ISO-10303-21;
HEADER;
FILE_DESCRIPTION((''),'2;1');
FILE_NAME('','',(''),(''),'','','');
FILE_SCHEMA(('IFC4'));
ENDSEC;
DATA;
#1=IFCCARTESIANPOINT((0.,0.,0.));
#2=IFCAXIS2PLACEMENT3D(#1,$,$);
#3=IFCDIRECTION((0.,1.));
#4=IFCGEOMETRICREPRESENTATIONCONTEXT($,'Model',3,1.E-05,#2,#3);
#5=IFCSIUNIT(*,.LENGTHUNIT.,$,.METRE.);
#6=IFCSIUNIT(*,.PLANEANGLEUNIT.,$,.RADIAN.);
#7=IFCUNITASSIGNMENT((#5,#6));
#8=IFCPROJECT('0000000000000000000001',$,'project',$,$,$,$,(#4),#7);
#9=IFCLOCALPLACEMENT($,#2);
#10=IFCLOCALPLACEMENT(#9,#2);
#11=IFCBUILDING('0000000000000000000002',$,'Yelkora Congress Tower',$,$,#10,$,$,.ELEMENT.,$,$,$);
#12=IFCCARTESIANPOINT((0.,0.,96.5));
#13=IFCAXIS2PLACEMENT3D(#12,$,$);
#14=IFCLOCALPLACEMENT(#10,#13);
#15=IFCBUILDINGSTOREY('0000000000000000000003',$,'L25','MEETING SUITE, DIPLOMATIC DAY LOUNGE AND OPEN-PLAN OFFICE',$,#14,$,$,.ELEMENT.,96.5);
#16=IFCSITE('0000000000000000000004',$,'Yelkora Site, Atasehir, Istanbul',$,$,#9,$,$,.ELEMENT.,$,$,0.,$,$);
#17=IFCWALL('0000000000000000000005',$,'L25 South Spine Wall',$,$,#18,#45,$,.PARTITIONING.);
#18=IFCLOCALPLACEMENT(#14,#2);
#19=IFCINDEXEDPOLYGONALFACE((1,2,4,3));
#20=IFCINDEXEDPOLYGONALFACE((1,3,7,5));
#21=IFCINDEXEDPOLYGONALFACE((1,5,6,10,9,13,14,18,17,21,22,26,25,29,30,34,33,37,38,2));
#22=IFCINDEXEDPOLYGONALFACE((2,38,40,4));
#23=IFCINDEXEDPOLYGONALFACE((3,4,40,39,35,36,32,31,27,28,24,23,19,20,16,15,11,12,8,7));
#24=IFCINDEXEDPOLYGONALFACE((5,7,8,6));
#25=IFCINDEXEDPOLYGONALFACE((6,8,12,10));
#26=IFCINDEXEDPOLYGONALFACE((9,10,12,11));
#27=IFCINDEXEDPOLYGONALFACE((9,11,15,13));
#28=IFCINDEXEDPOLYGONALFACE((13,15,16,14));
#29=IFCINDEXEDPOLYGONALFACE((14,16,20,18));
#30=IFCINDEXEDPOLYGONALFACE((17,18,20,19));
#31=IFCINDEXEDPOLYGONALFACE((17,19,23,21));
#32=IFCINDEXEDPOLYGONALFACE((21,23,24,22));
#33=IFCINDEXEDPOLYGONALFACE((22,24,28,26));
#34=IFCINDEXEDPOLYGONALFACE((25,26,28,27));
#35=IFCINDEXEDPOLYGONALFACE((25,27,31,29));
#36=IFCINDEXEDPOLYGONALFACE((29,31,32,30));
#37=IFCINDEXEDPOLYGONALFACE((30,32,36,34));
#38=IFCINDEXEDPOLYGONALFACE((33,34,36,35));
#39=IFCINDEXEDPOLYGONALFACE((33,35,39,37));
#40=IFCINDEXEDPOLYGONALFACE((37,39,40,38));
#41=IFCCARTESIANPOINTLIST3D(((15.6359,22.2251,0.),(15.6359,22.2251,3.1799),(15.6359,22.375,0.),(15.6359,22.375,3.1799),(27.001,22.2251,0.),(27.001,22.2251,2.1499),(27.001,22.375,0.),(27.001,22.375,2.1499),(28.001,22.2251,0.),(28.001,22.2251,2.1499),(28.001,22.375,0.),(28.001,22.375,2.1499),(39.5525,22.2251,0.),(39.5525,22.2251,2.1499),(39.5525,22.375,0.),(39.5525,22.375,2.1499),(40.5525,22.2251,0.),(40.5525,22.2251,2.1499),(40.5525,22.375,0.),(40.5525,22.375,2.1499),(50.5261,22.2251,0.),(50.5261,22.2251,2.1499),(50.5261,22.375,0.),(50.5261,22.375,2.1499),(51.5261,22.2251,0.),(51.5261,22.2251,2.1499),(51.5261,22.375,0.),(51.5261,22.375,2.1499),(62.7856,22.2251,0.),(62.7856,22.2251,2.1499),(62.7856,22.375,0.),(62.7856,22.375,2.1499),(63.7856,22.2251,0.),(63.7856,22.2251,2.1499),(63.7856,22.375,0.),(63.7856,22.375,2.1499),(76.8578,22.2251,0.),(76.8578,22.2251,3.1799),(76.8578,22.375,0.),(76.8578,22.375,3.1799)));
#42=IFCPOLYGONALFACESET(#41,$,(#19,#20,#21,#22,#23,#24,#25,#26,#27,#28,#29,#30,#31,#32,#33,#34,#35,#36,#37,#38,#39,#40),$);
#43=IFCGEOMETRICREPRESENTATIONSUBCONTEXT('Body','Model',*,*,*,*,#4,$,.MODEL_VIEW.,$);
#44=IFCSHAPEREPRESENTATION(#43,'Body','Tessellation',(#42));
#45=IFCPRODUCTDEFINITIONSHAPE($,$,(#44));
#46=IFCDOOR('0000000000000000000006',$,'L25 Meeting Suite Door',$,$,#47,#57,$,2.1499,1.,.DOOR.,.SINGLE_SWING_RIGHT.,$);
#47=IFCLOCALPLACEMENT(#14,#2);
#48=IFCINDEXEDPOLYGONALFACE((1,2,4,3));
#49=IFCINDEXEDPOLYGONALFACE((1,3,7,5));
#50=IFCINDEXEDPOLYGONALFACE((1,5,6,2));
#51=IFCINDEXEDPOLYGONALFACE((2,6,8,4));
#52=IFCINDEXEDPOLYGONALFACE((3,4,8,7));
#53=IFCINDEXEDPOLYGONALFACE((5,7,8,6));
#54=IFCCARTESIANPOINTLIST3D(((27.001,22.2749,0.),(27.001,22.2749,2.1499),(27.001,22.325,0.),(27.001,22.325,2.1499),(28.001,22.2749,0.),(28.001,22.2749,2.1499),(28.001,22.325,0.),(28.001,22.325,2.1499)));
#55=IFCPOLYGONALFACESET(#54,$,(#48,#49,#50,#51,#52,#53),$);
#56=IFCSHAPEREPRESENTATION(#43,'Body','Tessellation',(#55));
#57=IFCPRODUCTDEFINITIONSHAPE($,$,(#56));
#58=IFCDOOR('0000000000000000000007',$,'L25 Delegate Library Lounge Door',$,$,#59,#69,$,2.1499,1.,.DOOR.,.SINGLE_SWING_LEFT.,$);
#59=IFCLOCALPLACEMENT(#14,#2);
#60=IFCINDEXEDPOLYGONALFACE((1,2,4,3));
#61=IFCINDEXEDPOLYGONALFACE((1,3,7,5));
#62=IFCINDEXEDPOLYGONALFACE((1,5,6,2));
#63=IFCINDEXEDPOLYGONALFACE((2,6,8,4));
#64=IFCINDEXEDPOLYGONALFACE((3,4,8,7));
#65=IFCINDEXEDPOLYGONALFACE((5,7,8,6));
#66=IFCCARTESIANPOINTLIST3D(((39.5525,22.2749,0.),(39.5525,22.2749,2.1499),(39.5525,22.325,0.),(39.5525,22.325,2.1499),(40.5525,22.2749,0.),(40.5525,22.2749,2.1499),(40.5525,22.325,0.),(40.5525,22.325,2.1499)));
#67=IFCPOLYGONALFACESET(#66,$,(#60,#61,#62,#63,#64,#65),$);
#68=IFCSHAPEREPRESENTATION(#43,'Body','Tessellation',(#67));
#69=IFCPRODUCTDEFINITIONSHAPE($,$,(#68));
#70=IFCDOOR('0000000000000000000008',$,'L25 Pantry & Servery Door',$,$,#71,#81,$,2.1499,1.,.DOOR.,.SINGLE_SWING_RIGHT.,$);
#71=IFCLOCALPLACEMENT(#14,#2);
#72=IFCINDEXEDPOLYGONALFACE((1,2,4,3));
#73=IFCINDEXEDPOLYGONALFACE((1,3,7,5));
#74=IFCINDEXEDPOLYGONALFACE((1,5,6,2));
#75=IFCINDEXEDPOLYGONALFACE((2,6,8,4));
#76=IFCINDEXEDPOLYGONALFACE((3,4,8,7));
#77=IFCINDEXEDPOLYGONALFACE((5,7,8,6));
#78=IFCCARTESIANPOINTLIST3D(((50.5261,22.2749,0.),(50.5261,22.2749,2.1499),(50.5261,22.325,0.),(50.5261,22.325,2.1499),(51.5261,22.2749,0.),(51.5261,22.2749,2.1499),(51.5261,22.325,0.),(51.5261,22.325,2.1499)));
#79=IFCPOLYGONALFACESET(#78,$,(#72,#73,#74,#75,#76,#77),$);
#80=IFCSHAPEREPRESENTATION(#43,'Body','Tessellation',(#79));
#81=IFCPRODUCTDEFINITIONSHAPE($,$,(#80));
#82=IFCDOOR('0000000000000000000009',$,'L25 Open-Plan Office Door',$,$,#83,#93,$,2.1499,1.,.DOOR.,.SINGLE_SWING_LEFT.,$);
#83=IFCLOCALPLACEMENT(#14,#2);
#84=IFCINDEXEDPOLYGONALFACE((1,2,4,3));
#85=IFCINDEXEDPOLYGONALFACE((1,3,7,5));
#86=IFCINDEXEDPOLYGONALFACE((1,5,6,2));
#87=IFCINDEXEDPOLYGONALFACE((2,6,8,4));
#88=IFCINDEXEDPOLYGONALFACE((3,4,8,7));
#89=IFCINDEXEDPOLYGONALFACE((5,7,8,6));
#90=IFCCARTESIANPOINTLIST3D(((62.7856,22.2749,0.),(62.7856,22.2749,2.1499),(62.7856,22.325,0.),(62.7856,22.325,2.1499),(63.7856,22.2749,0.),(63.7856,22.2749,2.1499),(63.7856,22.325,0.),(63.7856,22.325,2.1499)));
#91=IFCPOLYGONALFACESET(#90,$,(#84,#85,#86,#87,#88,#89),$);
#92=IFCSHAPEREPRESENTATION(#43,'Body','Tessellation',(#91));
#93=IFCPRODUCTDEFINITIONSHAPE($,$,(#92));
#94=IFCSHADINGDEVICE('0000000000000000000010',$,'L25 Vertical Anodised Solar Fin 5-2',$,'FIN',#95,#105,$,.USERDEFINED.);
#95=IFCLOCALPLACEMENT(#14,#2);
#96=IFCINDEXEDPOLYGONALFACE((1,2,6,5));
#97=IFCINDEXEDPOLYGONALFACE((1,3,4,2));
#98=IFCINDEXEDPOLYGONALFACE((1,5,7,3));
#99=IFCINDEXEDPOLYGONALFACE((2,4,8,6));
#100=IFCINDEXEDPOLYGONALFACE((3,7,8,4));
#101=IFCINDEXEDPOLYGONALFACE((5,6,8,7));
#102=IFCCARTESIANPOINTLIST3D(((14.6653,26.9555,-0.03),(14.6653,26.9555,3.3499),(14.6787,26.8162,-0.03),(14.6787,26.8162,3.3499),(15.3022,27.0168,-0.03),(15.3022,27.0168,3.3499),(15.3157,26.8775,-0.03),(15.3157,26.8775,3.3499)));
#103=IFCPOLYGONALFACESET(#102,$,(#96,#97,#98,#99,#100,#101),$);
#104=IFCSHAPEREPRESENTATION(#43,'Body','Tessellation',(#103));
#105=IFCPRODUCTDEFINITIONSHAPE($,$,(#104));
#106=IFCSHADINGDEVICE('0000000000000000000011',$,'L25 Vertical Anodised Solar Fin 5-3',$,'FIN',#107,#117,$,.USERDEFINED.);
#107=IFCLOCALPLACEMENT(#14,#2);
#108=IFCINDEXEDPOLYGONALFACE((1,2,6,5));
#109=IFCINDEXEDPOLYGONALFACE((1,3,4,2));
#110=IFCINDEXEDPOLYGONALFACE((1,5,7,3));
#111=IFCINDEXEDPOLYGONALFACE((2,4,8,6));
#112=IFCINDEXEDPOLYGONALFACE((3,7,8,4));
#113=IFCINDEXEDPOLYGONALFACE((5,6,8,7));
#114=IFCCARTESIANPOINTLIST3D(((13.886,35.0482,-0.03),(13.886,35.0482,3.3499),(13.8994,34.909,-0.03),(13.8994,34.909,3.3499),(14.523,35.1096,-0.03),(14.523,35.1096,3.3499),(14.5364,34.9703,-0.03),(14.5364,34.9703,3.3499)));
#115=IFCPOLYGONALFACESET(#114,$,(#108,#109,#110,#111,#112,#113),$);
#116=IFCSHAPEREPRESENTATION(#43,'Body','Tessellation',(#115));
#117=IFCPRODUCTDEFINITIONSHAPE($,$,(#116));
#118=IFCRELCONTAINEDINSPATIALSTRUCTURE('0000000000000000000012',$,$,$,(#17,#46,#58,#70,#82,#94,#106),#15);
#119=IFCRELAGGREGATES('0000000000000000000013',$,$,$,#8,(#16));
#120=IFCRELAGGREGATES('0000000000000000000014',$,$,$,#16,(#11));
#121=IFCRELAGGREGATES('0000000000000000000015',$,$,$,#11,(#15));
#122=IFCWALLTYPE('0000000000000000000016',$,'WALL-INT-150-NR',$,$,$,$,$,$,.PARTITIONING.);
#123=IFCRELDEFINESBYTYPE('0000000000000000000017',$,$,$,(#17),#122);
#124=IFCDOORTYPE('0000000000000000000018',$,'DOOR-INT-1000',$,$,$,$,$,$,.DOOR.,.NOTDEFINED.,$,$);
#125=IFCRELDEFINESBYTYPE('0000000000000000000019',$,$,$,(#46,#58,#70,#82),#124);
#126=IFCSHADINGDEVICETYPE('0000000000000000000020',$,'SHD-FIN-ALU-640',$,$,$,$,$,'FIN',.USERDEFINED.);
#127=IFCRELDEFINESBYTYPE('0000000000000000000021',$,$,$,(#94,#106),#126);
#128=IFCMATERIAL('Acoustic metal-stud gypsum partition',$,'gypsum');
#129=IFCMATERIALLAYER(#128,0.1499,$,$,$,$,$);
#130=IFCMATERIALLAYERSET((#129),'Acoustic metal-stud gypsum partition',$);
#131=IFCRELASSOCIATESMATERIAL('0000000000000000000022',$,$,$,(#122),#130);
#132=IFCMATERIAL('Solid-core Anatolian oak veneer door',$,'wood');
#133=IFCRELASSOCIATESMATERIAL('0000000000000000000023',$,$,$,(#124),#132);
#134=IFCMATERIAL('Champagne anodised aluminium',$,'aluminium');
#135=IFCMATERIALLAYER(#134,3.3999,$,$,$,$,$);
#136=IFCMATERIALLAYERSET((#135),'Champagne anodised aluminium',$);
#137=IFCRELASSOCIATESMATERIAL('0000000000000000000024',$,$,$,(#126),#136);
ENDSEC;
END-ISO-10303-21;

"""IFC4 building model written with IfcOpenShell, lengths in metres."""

from ifc_helpers import new_model, si_unit, direction, frame, frame_2d, origin, origin_2d, place, context, subcontext, project, spatial, rectangle, extrude, material, layer, layer_set, type_object, element, fill, save


model = new_model("IFC4")

# Units and contexts
model_context = context("Model", 3, precision=1e-05, world=origin(), true_north=direction((0.0, 1.0)))
body_context = subcontext(model_context, "Body", "Model", "MODEL_VIEW")
ifc_project = project(units=[si_unit("LENGTHUNIT", "METRE"), si_unit("PLANEANGLEUNIT", "RADIAN")], contexts=[model_context])

# Site, building, storey
site_placement = place(None, origin())
site = spatial("IfcSite", under=ifc_project, at=site_placement, Name="Yelkora Site, Atasehir, Istanbul", CompositionType="ELEMENT", RefElevation=0.0)
building_placement = place(site_placement, origin())
building = spatial("IfcBuilding", under=site, at=building_placement, Name="Yelkora Congress Tower", CompositionType="ELEMENT")
storey_placement = place(building_placement, frame((0.0, 0.0, 96.5)))
storey = spatial("IfcBuildingStorey", under=building, at=storey_placement, Name="L25", Description="MEETING SUITE, DIPLOMATIC DAY LOUNGE AND OPEN-PLAN OFFICE", CompositionType="ELEMENT", Elevation=96.5)

# Wall, openings, doors
ifc_material_1 = material(Name="Acoustic metal-stud gypsum partition", Category="gypsum")
ifc_layer_1 = layer(ifc_material_1, 0.1499)
ifc_layer_set_1 = layer_set([ifc_layer_1], Name="Acoustic metal-stud gypsum partition")
wall_type = type_object("IfcWallType", Name="WALL-INT-150-NR", PredefinedType="PARTITIONING", material=ifc_layer_set_1)
wall_placement = place(storey_placement, frame((15.636, 22.3, 0.0), z_axis=(0.0, 0.0, 1.0), x_axis=(1.0, 0.0, 0.0)))
wall = element("IfcWall", 1, at=wall_placement, inside=storey, type_object=wall_type, Name="L25 South Spine Wall", PredefinedType="PARTITIONING", context=body_context, shape_type="SweptSolid", body=[
    extrude(rectangle(XDim=61.2219, YDim=0.1499, at=frame_2d((30.6108, 0.0))), origin(), (0.0, 0.0, 1.0), 3.1799),
])
opening_1_placement = place(wall_placement, frame((11.365, 0.0, 0.0)))
opening_1 = element("IfcOpeningElement", 2, at=opening_1_placement, cuts=wall, PredefinedType="OPENING", context=body_context, shape_type="SweptSolid", body=[
    extrude(rectangle(XDim=1.0, YDim=2.1499, at=frame_2d((0.5, 1.075))), frame((0.0, 0.085, 0.0), z_axis=(0.0, -1.0, 0.0), x_axis=(1.0, 0.0, 0.0)), (0.0, 0.0, 1.0), 0.1699),
])
opening_2_placement = place(wall_placement, frame((23.9165, 0.0, 0.0)))
opening_2 = element("IfcOpeningElement", 3, at=opening_2_placement, cuts=wall, PredefinedType="OPENING", context=body_context, shape_type="SweptSolid", body=[
    extrude(rectangle(XDim=1.0, YDim=2.1499, at=frame_2d((0.5, 1.075))), frame((0.0, 0.085, 0.0), z_axis=(0.0, -1.0, 0.0), x_axis=(1.0, 0.0, 0.0)), (0.0, 0.0, 1.0), 0.1699),
])
opening_3_placement = place(wall_placement, frame((34.8901, 0.0, 0.0)))
opening_3 = element("IfcOpeningElement", 4, at=opening_3_placement, cuts=wall, PredefinedType="OPENING", context=body_context, shape_type="SweptSolid", body=[
    extrude(rectangle(XDim=1.0, YDim=2.1499, at=frame_2d((0.5, 1.075))), frame((0.0, 0.085, 0.0), z_axis=(0.0, -1.0, 0.0), x_axis=(1.0, 0.0, 0.0)), (0.0, 0.0, 1.0), 0.1699),
])
opening_4_placement = place(wall_placement, frame((47.1497, 0.0, 0.0)))
opening_4 = element("IfcOpeningElement", 5, at=opening_4_placement, cuts=wall, PredefinedType="OPENING", context=body_context, shape_type="SweptSolid", body=[
    extrude(rectangle(XDim=1.0, YDim=2.1499, at=frame_2d((0.5, 1.075))), frame((0.0, 0.085, 0.0), z_axis=(0.0, -1.0, 0.0), x_axis=(1.0, 0.0, 0.0)), (0.0, 0.0, 1.0), 0.1699),
])
ifc_material_2 = material(Name="Solid-core Anatolian oak veneer door", Category="wood")
door_type = type_object("IfcDoorType", Name="DOOR-INT-1000", OperationType="NOTDEFINED", PredefinedType="DOOR", material=ifc_material_2)
door_1_placement = place(opening_1_placement, origin())
door_1 = element("IfcDoor", 6, at=door_1_placement, inside=storey, type_object=door_type, Name="L25 Meeting Suite Door", OperationType="SINGLE_SWING_RIGHT", OverallHeight=2.1499, OverallWidth=1.0, PredefinedType="DOOR", context=body_context, shape_type="SweptSolid", body=[
    extrude(rectangle(XDim=1.0, YDim=2.1499, at=frame_2d((0.5, 1.075))), frame((0.0, 0.0249, 0.0), z_axis=(0.0, -1.0, 0.0), x_axis=(1.0, 0.0, 0.0)), (0.0, 0.0, 1.0), 0.05),
])
fill(opening_1, door_1)
door_2_placement = place(opening_2_placement, origin())
door_2 = element("IfcDoor", 7, at=door_2_placement, inside=storey, type_object=door_type, Name="L25 Delegate Library Lounge Door", OperationType="SINGLE_SWING_LEFT", OverallHeight=2.1499, OverallWidth=1.0, PredefinedType="DOOR", context=body_context, shape_type="SweptSolid", body=[
    extrude(rectangle(XDim=1.0, YDim=2.1499, at=frame_2d((0.5, 1.075))), frame((0.0, 0.0249, 0.0), z_axis=(0.0, -1.0, 0.0), x_axis=(1.0, 0.0, 0.0)), (0.0, 0.0, 1.0), 0.05),
])
fill(opening_2, door_2)
door_3_placement = place(opening_3_placement, origin())
door_3 = element("IfcDoor", 8, at=door_3_placement, inside=storey, type_object=door_type, Name="L25 Pantry & Servery Door", OperationType="SINGLE_SWING_RIGHT", OverallHeight=2.1499, OverallWidth=1.0, PredefinedType="DOOR", context=body_context, shape_type="SweptSolid", body=[
    extrude(rectangle(XDim=1.0, YDim=2.1499, at=frame_2d((0.5, 1.075))), frame((0.0, 0.0249, 0.0), z_axis=(0.0, -1.0, 0.0), x_axis=(1.0, 0.0, 0.0)), (0.0, 0.0, 1.0), 0.05),
])
fill(opening_3, door_3)
door_4_placement = place(opening_4_placement, origin())
door_4 = element("IfcDoor", 9, at=door_4_placement, inside=storey, type_object=door_type, Name="L25 Open-Plan Office Door", OperationType="SINGLE_SWING_LEFT", OverallHeight=2.1499, OverallWidth=1.0, PredefinedType="DOOR", context=body_context, shape_type="SweptSolid", body=[
    extrude(rectangle(XDim=1.0, YDim=2.1499, at=frame_2d((0.5, 1.075))), frame((0.0, 0.0249, 0.0), z_axis=(0.0, -1.0, 0.0), x_axis=(1.0, 0.0, 0.0)), (0.0, 0.0, 1.0), 0.05),
])
fill(opening_4, door_4)

# Shading devices
ifc_material_3 = material(Name="Champagne anodised aluminium", Category="aluminium")
ifc_layer_2 = layer(ifc_material_3, 3.3999)
ifc_layer_set_2 = layer_set([ifc_layer_2], Name="Champagne anodised aluminium")
shading_device_type = type_object("IfcShadingDeviceType", Name="SHD-FIN-ALU-640", ElementType="FIN", PredefinedType="USERDEFINED", material=ifc_layer_set_2)
for number, where, z_axis, x_axis, name in (
    (10, (14.9905, 26.9165, -0.03), (0.0, 0.0, 1.0), (-0.095846, 0.995396, 0.0), "L25 Vertical Anodised Solar Fin 5-2"),
    (11, (14.2112, 35.0093, -0.03), (0.0, 0.0, 1.0), (-0.095846, 0.995396, 0.0), "L25 Vertical Anodised Solar Fin 5-3"),
):
    element("IfcShadingDevice", number, at=place(storey_placement, frame(where, z_axis=z_axis, x_axis=x_axis)), inside=storey, type_object=shading_device_type, Name=name, ObjectType="FIN", PredefinedType="USERDEFINED", context=body_context, shape_type="SweptSolid", body=[
        extrude(rectangle(XDim=0.1399, YDim=0.6399, at=origin_2d()), origin(), (0.0, 0.0, 1.0), 3.3799),
    ])

save(model, "model.ifc")
